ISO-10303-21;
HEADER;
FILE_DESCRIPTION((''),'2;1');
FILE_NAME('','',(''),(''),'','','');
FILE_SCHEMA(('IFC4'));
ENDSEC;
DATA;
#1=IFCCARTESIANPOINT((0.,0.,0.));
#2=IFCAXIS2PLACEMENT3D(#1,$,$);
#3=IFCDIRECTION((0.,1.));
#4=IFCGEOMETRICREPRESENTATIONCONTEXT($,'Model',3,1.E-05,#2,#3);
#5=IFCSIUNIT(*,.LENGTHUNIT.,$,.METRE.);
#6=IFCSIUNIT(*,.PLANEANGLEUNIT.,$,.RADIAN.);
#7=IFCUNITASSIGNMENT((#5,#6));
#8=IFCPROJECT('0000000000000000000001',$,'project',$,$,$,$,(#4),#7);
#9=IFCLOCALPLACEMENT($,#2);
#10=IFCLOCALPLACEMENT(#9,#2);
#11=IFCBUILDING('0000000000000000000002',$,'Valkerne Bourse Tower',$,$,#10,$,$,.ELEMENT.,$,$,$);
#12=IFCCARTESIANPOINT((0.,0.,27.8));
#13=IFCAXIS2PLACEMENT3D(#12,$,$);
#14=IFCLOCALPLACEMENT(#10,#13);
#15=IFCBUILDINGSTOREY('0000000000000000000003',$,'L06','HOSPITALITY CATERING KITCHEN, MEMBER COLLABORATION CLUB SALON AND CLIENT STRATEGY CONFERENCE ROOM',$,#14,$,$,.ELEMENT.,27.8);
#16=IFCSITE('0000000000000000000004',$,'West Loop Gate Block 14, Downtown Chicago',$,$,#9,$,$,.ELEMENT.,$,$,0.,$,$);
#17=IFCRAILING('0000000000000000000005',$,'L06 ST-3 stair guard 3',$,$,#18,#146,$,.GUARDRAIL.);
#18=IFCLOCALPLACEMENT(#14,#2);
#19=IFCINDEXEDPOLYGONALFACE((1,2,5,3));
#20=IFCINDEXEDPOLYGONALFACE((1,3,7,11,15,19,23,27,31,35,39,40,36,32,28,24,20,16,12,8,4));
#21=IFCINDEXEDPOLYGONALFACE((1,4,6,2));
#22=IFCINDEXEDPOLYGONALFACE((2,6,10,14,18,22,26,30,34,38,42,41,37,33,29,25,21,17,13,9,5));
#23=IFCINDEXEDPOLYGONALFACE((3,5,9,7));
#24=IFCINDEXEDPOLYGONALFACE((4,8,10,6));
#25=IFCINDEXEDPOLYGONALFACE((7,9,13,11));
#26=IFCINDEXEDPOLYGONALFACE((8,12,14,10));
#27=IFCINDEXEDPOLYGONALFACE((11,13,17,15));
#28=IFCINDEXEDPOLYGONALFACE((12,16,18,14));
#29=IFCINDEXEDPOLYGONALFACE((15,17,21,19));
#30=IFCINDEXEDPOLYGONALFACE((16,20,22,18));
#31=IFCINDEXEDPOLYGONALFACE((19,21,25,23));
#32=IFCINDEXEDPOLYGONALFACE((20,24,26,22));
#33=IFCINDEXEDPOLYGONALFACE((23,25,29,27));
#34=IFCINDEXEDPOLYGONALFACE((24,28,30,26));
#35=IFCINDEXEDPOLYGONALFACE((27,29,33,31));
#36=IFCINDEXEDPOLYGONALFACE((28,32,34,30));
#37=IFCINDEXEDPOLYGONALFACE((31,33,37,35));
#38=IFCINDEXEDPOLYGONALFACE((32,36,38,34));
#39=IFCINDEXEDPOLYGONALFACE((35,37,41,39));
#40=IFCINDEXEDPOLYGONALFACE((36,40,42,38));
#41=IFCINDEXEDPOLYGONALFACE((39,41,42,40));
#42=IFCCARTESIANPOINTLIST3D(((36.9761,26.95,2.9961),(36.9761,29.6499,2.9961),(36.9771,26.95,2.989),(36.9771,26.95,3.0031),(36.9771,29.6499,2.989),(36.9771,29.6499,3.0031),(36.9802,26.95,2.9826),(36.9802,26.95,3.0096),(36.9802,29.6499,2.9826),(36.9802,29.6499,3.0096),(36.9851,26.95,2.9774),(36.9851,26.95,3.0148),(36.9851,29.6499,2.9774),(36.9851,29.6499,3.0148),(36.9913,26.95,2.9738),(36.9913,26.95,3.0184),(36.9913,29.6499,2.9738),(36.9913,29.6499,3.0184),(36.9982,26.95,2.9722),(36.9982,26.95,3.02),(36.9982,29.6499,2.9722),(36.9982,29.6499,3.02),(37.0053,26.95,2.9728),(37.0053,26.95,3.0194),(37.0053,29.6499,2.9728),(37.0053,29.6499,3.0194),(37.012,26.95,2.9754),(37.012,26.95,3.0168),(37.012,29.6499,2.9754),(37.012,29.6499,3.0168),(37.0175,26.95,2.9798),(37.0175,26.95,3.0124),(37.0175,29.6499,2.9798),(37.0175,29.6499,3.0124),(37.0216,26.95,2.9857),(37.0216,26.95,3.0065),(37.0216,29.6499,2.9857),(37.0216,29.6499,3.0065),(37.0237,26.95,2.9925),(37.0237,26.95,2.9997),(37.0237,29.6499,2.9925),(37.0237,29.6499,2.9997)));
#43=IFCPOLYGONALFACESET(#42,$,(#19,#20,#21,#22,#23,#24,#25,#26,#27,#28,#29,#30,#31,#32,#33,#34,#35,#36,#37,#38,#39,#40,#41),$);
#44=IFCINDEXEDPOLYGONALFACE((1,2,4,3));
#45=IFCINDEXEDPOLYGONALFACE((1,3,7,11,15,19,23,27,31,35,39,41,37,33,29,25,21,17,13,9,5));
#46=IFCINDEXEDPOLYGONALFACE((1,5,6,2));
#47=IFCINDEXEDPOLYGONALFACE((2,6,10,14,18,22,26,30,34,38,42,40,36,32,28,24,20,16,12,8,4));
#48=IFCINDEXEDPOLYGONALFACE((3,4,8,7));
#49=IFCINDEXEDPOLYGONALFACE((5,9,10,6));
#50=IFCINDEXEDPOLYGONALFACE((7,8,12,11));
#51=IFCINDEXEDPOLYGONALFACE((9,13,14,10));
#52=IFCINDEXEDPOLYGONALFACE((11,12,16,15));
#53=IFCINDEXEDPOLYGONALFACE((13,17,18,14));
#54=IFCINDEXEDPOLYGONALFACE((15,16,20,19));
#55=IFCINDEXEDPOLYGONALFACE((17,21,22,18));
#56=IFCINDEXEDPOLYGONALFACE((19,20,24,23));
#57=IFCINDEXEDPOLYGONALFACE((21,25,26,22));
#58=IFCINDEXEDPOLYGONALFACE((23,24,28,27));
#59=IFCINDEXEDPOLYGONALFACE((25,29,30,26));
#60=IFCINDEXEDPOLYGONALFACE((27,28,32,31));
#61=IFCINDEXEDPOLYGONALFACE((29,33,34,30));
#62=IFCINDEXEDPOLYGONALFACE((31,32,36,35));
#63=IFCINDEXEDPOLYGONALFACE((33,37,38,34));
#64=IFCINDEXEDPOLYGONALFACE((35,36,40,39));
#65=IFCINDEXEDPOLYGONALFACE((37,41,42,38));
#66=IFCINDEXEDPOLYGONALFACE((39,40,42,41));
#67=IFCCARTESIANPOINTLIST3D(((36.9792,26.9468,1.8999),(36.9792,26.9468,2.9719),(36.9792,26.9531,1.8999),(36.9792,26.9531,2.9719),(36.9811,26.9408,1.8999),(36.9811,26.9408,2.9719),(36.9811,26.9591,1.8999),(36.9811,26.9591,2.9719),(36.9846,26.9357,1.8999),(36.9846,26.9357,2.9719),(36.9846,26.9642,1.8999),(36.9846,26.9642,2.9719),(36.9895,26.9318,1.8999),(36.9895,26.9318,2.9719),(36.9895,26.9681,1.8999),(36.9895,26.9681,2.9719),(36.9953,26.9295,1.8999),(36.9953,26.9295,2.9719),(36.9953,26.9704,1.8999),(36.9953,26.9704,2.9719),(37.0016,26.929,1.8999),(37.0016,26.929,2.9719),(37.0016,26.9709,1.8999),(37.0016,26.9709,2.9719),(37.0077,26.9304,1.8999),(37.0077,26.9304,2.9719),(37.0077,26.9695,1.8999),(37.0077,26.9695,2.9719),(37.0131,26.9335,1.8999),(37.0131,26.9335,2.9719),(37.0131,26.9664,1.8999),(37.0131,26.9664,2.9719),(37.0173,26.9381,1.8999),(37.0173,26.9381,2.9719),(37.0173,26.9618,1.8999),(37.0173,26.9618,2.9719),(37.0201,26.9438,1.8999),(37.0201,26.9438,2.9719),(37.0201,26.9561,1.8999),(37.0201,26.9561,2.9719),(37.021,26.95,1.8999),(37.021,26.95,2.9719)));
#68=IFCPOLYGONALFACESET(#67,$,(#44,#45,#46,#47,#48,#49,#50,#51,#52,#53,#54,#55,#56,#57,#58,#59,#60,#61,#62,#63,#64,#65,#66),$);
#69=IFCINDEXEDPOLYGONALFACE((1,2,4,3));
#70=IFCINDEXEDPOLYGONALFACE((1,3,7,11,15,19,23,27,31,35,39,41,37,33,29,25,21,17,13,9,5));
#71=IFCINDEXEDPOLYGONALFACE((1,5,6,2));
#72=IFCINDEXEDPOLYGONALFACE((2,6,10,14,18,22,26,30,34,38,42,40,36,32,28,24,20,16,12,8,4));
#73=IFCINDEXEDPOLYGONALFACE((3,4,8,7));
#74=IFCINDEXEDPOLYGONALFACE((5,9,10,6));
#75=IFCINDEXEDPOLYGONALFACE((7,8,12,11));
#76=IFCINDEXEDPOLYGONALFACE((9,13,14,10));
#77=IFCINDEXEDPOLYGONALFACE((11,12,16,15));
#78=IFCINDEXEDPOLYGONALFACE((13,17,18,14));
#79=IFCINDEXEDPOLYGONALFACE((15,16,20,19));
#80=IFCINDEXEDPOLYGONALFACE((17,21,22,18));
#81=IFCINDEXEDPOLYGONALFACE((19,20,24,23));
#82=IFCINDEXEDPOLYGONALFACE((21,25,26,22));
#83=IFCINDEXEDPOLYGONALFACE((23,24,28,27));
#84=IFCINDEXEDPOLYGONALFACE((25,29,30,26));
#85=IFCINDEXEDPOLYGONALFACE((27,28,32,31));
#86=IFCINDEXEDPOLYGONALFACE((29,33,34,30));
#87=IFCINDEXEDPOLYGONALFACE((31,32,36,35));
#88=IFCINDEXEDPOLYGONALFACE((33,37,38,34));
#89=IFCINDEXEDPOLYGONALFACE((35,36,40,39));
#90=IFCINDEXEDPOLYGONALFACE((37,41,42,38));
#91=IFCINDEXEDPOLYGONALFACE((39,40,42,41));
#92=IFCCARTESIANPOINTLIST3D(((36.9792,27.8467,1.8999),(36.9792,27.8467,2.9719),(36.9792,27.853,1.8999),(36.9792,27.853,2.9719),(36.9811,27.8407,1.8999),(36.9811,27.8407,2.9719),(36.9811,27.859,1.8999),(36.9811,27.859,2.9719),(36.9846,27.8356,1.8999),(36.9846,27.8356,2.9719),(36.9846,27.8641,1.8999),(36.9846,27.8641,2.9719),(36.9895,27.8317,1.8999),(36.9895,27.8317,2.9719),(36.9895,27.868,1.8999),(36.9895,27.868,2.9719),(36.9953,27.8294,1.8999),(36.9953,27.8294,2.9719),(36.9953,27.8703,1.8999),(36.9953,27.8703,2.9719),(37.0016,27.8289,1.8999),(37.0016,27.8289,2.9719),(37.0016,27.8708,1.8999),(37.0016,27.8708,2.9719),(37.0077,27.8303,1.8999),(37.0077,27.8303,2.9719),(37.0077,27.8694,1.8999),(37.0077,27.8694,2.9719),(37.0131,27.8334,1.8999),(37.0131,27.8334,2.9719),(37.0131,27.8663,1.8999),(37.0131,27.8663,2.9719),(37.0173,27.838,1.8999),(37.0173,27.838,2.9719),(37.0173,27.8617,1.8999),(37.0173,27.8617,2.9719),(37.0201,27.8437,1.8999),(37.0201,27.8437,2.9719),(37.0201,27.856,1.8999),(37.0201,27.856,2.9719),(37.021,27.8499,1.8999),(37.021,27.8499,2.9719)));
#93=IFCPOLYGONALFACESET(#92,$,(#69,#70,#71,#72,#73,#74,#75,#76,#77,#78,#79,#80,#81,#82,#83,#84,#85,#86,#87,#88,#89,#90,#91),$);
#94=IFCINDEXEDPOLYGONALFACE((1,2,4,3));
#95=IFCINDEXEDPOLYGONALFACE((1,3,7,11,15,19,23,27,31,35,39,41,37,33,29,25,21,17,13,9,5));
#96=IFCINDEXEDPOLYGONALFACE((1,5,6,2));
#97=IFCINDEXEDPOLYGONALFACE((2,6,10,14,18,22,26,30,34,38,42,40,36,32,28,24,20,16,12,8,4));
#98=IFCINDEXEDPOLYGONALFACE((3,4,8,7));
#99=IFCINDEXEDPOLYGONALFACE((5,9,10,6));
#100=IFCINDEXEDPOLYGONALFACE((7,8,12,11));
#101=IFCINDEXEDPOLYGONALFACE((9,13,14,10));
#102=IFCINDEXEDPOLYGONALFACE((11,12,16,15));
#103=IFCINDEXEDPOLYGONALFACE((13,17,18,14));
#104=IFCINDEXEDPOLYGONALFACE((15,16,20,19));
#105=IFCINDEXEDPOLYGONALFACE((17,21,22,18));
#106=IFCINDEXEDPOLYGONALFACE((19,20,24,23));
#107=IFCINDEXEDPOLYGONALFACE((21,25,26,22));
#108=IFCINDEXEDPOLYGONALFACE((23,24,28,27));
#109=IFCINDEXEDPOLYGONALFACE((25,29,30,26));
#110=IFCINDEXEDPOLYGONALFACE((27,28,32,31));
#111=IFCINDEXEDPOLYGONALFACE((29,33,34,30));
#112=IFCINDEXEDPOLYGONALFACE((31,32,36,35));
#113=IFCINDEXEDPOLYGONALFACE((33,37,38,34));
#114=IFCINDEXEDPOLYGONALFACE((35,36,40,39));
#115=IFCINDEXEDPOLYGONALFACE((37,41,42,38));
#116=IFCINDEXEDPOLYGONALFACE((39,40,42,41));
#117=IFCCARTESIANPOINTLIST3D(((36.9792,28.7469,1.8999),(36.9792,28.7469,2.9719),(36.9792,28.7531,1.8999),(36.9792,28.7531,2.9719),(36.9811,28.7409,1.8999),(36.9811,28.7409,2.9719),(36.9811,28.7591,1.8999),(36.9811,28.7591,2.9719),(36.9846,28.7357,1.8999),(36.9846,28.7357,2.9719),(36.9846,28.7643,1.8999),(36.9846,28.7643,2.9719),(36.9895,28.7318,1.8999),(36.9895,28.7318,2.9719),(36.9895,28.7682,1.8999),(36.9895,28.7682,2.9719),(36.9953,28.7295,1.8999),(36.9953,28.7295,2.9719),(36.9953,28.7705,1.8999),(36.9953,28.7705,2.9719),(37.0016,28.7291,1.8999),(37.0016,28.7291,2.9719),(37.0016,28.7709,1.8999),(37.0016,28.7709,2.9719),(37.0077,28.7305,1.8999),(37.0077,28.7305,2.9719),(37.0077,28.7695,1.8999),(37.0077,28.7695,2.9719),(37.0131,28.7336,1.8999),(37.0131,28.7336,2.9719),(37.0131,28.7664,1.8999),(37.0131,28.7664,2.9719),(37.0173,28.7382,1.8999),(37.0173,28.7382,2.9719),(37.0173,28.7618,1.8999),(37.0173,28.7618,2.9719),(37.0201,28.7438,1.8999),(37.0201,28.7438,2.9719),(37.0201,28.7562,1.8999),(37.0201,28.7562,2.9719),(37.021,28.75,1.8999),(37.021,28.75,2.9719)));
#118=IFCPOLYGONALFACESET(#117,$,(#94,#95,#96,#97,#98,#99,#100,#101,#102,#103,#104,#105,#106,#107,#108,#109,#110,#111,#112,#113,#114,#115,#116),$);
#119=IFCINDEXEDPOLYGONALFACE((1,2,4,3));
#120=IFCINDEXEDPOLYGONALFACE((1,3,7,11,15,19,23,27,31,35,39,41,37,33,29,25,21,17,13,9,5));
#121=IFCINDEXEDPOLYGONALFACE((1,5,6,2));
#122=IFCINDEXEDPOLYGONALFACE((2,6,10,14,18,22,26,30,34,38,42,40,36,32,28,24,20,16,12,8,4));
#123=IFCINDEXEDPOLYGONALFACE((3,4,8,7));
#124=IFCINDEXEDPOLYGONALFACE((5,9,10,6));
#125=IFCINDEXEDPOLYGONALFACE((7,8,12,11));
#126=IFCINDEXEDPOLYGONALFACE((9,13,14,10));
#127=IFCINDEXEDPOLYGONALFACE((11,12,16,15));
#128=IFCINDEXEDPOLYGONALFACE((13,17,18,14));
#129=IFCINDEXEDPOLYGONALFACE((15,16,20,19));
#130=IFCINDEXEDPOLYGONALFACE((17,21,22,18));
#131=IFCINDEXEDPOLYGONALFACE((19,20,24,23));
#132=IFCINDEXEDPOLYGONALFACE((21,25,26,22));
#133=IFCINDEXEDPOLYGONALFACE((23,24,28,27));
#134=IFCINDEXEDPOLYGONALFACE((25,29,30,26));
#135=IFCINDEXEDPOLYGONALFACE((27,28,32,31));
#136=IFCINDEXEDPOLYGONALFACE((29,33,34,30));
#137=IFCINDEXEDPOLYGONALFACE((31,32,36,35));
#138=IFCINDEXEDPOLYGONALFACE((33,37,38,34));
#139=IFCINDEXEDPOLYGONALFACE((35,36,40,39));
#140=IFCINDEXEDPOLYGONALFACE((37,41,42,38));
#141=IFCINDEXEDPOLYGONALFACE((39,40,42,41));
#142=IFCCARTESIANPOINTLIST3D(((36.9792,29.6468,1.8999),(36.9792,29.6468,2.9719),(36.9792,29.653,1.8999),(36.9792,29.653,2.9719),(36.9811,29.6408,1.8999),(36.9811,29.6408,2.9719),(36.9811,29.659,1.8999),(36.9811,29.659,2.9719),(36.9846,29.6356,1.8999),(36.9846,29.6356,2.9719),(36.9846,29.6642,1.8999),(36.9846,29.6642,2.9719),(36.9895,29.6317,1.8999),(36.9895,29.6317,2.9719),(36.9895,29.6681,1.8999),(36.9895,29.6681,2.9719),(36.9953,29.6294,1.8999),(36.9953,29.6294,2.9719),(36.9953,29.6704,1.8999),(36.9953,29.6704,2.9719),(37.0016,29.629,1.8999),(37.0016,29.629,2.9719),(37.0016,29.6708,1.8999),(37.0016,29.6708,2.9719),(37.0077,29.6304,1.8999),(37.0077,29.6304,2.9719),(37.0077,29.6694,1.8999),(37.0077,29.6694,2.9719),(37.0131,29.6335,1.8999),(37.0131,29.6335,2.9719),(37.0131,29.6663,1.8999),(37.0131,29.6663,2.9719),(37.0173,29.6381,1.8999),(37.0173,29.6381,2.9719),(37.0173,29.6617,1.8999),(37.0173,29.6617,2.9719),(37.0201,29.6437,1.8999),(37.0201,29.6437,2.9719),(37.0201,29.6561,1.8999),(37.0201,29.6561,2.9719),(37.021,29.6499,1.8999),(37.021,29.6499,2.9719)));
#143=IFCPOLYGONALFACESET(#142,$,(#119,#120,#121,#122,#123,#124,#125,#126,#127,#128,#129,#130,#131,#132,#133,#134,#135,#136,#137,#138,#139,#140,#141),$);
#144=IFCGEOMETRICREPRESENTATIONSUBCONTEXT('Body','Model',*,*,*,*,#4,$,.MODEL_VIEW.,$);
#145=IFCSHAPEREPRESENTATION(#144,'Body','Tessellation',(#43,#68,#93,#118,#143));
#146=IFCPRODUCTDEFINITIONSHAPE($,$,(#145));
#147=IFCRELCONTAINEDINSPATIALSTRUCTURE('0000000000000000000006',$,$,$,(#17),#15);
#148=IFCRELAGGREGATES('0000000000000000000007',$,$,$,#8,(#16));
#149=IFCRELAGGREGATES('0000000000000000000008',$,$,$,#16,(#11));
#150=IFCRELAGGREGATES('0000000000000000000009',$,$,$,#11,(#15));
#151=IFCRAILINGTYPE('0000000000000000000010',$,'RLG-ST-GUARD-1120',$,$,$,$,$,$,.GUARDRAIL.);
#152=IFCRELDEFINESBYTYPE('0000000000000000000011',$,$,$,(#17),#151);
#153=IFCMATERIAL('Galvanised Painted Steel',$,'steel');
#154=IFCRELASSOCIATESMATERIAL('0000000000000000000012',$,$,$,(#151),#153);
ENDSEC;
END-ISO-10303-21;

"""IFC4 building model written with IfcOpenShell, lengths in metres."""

from ifc_helpers import new_model, si_unit, direction, frame, origin, origin_2d, place, context, subcontext, project, spatial, circle, extrude, material, type_object, element, save


model = new_model("IFC4")

# Units and contexts
model_context = context("Model", 3, precision=1e-05, world=origin(), true_north=direction((0.0, 1.0)))
body_context = subcontext(model_context, "Body", "Model", "MODEL_VIEW")
ifc_project = project(units=[si_unit("LENGTHUNIT", "METRE"), si_unit("PLANEANGLEUNIT", "RADIAN")], contexts=[model_context])

# Site, building, storey
site_placement = place(None, origin())
site = spatial("IfcSite", under=ifc_project, at=site_placement, Name="West Loop Gate Block 14, Downtown Chicago", CompositionType="ELEMENT", RefElevation=0.0)
building_placement = place(site_placement, origin())
building = spatial("IfcBuilding", under=site, at=building_placement, Name="Valkerne Bourse Tower", CompositionType="ELEMENT")
storey_placement = place(building_placement, frame((0.0, 0.0, 27.8)))
storey = spatial("IfcBuildingStorey", under=building, at=storey_placement, Name="L06", Description="HOSPITALITY CATERING KITCHEN, MEMBER COLLABORATION CLUB SALON AND CLIENT STRATEGY CONFERENCE ROOM", CompositionType="ELEMENT", Elevation=27.8)

# Railing
ifc_material_1 = material(Name="Galvanised Painted Steel", Category="steel")
railing_type_1 = type_object("IfcRailingType", Name="RLG-ST-GUARD-1120", PredefinedType="GUARDRAIL", material=ifc_material_1)
for number, where, name in (
    (1, (37.0, 26.95, 1.8999), "L06 ST-3 stair guard 3"),
):
    element("IfcRailing", number, at=place(storey_placement, frame(where)), inside=storey, type_object=railing_type_1, Name=name, PredefinedType="GUARDRAIL", context=body_context, shape_type="SweptSolid", body=[
        extrude(circle(Radius=0.0239, at=origin_2d()), frame((0.0, 0.0, 1.0962), z_axis=(0.0, 1.0, 0.0), x_axis=(-1.0, 0.0, 0.0)), (0.0, 0.0, 1.0), 2.7),
        extrude(circle(Radius=0.021, at=origin_2d()), origin(), (0.0, 0.0, 1.0), 1.072),
        extrude(circle(Radius=0.021, at=origin_2d()), frame((0.0, 0.8999, 0.0)), (0.0, 0.0, 1.0), 1.072),
        extrude(circle(Radius=0.021, at=origin_2d()), frame((0.0, 1.8, 0.0)), (0.0, 0.0, 1.0), 1.072),
        extrude(circle(Radius=0.021, at=origin_2d()), frame((0.0, 2.7, 0.0)), (0.0, 0.0, 1.0), 1.072),
    ])

save(model, "model.ifc")
